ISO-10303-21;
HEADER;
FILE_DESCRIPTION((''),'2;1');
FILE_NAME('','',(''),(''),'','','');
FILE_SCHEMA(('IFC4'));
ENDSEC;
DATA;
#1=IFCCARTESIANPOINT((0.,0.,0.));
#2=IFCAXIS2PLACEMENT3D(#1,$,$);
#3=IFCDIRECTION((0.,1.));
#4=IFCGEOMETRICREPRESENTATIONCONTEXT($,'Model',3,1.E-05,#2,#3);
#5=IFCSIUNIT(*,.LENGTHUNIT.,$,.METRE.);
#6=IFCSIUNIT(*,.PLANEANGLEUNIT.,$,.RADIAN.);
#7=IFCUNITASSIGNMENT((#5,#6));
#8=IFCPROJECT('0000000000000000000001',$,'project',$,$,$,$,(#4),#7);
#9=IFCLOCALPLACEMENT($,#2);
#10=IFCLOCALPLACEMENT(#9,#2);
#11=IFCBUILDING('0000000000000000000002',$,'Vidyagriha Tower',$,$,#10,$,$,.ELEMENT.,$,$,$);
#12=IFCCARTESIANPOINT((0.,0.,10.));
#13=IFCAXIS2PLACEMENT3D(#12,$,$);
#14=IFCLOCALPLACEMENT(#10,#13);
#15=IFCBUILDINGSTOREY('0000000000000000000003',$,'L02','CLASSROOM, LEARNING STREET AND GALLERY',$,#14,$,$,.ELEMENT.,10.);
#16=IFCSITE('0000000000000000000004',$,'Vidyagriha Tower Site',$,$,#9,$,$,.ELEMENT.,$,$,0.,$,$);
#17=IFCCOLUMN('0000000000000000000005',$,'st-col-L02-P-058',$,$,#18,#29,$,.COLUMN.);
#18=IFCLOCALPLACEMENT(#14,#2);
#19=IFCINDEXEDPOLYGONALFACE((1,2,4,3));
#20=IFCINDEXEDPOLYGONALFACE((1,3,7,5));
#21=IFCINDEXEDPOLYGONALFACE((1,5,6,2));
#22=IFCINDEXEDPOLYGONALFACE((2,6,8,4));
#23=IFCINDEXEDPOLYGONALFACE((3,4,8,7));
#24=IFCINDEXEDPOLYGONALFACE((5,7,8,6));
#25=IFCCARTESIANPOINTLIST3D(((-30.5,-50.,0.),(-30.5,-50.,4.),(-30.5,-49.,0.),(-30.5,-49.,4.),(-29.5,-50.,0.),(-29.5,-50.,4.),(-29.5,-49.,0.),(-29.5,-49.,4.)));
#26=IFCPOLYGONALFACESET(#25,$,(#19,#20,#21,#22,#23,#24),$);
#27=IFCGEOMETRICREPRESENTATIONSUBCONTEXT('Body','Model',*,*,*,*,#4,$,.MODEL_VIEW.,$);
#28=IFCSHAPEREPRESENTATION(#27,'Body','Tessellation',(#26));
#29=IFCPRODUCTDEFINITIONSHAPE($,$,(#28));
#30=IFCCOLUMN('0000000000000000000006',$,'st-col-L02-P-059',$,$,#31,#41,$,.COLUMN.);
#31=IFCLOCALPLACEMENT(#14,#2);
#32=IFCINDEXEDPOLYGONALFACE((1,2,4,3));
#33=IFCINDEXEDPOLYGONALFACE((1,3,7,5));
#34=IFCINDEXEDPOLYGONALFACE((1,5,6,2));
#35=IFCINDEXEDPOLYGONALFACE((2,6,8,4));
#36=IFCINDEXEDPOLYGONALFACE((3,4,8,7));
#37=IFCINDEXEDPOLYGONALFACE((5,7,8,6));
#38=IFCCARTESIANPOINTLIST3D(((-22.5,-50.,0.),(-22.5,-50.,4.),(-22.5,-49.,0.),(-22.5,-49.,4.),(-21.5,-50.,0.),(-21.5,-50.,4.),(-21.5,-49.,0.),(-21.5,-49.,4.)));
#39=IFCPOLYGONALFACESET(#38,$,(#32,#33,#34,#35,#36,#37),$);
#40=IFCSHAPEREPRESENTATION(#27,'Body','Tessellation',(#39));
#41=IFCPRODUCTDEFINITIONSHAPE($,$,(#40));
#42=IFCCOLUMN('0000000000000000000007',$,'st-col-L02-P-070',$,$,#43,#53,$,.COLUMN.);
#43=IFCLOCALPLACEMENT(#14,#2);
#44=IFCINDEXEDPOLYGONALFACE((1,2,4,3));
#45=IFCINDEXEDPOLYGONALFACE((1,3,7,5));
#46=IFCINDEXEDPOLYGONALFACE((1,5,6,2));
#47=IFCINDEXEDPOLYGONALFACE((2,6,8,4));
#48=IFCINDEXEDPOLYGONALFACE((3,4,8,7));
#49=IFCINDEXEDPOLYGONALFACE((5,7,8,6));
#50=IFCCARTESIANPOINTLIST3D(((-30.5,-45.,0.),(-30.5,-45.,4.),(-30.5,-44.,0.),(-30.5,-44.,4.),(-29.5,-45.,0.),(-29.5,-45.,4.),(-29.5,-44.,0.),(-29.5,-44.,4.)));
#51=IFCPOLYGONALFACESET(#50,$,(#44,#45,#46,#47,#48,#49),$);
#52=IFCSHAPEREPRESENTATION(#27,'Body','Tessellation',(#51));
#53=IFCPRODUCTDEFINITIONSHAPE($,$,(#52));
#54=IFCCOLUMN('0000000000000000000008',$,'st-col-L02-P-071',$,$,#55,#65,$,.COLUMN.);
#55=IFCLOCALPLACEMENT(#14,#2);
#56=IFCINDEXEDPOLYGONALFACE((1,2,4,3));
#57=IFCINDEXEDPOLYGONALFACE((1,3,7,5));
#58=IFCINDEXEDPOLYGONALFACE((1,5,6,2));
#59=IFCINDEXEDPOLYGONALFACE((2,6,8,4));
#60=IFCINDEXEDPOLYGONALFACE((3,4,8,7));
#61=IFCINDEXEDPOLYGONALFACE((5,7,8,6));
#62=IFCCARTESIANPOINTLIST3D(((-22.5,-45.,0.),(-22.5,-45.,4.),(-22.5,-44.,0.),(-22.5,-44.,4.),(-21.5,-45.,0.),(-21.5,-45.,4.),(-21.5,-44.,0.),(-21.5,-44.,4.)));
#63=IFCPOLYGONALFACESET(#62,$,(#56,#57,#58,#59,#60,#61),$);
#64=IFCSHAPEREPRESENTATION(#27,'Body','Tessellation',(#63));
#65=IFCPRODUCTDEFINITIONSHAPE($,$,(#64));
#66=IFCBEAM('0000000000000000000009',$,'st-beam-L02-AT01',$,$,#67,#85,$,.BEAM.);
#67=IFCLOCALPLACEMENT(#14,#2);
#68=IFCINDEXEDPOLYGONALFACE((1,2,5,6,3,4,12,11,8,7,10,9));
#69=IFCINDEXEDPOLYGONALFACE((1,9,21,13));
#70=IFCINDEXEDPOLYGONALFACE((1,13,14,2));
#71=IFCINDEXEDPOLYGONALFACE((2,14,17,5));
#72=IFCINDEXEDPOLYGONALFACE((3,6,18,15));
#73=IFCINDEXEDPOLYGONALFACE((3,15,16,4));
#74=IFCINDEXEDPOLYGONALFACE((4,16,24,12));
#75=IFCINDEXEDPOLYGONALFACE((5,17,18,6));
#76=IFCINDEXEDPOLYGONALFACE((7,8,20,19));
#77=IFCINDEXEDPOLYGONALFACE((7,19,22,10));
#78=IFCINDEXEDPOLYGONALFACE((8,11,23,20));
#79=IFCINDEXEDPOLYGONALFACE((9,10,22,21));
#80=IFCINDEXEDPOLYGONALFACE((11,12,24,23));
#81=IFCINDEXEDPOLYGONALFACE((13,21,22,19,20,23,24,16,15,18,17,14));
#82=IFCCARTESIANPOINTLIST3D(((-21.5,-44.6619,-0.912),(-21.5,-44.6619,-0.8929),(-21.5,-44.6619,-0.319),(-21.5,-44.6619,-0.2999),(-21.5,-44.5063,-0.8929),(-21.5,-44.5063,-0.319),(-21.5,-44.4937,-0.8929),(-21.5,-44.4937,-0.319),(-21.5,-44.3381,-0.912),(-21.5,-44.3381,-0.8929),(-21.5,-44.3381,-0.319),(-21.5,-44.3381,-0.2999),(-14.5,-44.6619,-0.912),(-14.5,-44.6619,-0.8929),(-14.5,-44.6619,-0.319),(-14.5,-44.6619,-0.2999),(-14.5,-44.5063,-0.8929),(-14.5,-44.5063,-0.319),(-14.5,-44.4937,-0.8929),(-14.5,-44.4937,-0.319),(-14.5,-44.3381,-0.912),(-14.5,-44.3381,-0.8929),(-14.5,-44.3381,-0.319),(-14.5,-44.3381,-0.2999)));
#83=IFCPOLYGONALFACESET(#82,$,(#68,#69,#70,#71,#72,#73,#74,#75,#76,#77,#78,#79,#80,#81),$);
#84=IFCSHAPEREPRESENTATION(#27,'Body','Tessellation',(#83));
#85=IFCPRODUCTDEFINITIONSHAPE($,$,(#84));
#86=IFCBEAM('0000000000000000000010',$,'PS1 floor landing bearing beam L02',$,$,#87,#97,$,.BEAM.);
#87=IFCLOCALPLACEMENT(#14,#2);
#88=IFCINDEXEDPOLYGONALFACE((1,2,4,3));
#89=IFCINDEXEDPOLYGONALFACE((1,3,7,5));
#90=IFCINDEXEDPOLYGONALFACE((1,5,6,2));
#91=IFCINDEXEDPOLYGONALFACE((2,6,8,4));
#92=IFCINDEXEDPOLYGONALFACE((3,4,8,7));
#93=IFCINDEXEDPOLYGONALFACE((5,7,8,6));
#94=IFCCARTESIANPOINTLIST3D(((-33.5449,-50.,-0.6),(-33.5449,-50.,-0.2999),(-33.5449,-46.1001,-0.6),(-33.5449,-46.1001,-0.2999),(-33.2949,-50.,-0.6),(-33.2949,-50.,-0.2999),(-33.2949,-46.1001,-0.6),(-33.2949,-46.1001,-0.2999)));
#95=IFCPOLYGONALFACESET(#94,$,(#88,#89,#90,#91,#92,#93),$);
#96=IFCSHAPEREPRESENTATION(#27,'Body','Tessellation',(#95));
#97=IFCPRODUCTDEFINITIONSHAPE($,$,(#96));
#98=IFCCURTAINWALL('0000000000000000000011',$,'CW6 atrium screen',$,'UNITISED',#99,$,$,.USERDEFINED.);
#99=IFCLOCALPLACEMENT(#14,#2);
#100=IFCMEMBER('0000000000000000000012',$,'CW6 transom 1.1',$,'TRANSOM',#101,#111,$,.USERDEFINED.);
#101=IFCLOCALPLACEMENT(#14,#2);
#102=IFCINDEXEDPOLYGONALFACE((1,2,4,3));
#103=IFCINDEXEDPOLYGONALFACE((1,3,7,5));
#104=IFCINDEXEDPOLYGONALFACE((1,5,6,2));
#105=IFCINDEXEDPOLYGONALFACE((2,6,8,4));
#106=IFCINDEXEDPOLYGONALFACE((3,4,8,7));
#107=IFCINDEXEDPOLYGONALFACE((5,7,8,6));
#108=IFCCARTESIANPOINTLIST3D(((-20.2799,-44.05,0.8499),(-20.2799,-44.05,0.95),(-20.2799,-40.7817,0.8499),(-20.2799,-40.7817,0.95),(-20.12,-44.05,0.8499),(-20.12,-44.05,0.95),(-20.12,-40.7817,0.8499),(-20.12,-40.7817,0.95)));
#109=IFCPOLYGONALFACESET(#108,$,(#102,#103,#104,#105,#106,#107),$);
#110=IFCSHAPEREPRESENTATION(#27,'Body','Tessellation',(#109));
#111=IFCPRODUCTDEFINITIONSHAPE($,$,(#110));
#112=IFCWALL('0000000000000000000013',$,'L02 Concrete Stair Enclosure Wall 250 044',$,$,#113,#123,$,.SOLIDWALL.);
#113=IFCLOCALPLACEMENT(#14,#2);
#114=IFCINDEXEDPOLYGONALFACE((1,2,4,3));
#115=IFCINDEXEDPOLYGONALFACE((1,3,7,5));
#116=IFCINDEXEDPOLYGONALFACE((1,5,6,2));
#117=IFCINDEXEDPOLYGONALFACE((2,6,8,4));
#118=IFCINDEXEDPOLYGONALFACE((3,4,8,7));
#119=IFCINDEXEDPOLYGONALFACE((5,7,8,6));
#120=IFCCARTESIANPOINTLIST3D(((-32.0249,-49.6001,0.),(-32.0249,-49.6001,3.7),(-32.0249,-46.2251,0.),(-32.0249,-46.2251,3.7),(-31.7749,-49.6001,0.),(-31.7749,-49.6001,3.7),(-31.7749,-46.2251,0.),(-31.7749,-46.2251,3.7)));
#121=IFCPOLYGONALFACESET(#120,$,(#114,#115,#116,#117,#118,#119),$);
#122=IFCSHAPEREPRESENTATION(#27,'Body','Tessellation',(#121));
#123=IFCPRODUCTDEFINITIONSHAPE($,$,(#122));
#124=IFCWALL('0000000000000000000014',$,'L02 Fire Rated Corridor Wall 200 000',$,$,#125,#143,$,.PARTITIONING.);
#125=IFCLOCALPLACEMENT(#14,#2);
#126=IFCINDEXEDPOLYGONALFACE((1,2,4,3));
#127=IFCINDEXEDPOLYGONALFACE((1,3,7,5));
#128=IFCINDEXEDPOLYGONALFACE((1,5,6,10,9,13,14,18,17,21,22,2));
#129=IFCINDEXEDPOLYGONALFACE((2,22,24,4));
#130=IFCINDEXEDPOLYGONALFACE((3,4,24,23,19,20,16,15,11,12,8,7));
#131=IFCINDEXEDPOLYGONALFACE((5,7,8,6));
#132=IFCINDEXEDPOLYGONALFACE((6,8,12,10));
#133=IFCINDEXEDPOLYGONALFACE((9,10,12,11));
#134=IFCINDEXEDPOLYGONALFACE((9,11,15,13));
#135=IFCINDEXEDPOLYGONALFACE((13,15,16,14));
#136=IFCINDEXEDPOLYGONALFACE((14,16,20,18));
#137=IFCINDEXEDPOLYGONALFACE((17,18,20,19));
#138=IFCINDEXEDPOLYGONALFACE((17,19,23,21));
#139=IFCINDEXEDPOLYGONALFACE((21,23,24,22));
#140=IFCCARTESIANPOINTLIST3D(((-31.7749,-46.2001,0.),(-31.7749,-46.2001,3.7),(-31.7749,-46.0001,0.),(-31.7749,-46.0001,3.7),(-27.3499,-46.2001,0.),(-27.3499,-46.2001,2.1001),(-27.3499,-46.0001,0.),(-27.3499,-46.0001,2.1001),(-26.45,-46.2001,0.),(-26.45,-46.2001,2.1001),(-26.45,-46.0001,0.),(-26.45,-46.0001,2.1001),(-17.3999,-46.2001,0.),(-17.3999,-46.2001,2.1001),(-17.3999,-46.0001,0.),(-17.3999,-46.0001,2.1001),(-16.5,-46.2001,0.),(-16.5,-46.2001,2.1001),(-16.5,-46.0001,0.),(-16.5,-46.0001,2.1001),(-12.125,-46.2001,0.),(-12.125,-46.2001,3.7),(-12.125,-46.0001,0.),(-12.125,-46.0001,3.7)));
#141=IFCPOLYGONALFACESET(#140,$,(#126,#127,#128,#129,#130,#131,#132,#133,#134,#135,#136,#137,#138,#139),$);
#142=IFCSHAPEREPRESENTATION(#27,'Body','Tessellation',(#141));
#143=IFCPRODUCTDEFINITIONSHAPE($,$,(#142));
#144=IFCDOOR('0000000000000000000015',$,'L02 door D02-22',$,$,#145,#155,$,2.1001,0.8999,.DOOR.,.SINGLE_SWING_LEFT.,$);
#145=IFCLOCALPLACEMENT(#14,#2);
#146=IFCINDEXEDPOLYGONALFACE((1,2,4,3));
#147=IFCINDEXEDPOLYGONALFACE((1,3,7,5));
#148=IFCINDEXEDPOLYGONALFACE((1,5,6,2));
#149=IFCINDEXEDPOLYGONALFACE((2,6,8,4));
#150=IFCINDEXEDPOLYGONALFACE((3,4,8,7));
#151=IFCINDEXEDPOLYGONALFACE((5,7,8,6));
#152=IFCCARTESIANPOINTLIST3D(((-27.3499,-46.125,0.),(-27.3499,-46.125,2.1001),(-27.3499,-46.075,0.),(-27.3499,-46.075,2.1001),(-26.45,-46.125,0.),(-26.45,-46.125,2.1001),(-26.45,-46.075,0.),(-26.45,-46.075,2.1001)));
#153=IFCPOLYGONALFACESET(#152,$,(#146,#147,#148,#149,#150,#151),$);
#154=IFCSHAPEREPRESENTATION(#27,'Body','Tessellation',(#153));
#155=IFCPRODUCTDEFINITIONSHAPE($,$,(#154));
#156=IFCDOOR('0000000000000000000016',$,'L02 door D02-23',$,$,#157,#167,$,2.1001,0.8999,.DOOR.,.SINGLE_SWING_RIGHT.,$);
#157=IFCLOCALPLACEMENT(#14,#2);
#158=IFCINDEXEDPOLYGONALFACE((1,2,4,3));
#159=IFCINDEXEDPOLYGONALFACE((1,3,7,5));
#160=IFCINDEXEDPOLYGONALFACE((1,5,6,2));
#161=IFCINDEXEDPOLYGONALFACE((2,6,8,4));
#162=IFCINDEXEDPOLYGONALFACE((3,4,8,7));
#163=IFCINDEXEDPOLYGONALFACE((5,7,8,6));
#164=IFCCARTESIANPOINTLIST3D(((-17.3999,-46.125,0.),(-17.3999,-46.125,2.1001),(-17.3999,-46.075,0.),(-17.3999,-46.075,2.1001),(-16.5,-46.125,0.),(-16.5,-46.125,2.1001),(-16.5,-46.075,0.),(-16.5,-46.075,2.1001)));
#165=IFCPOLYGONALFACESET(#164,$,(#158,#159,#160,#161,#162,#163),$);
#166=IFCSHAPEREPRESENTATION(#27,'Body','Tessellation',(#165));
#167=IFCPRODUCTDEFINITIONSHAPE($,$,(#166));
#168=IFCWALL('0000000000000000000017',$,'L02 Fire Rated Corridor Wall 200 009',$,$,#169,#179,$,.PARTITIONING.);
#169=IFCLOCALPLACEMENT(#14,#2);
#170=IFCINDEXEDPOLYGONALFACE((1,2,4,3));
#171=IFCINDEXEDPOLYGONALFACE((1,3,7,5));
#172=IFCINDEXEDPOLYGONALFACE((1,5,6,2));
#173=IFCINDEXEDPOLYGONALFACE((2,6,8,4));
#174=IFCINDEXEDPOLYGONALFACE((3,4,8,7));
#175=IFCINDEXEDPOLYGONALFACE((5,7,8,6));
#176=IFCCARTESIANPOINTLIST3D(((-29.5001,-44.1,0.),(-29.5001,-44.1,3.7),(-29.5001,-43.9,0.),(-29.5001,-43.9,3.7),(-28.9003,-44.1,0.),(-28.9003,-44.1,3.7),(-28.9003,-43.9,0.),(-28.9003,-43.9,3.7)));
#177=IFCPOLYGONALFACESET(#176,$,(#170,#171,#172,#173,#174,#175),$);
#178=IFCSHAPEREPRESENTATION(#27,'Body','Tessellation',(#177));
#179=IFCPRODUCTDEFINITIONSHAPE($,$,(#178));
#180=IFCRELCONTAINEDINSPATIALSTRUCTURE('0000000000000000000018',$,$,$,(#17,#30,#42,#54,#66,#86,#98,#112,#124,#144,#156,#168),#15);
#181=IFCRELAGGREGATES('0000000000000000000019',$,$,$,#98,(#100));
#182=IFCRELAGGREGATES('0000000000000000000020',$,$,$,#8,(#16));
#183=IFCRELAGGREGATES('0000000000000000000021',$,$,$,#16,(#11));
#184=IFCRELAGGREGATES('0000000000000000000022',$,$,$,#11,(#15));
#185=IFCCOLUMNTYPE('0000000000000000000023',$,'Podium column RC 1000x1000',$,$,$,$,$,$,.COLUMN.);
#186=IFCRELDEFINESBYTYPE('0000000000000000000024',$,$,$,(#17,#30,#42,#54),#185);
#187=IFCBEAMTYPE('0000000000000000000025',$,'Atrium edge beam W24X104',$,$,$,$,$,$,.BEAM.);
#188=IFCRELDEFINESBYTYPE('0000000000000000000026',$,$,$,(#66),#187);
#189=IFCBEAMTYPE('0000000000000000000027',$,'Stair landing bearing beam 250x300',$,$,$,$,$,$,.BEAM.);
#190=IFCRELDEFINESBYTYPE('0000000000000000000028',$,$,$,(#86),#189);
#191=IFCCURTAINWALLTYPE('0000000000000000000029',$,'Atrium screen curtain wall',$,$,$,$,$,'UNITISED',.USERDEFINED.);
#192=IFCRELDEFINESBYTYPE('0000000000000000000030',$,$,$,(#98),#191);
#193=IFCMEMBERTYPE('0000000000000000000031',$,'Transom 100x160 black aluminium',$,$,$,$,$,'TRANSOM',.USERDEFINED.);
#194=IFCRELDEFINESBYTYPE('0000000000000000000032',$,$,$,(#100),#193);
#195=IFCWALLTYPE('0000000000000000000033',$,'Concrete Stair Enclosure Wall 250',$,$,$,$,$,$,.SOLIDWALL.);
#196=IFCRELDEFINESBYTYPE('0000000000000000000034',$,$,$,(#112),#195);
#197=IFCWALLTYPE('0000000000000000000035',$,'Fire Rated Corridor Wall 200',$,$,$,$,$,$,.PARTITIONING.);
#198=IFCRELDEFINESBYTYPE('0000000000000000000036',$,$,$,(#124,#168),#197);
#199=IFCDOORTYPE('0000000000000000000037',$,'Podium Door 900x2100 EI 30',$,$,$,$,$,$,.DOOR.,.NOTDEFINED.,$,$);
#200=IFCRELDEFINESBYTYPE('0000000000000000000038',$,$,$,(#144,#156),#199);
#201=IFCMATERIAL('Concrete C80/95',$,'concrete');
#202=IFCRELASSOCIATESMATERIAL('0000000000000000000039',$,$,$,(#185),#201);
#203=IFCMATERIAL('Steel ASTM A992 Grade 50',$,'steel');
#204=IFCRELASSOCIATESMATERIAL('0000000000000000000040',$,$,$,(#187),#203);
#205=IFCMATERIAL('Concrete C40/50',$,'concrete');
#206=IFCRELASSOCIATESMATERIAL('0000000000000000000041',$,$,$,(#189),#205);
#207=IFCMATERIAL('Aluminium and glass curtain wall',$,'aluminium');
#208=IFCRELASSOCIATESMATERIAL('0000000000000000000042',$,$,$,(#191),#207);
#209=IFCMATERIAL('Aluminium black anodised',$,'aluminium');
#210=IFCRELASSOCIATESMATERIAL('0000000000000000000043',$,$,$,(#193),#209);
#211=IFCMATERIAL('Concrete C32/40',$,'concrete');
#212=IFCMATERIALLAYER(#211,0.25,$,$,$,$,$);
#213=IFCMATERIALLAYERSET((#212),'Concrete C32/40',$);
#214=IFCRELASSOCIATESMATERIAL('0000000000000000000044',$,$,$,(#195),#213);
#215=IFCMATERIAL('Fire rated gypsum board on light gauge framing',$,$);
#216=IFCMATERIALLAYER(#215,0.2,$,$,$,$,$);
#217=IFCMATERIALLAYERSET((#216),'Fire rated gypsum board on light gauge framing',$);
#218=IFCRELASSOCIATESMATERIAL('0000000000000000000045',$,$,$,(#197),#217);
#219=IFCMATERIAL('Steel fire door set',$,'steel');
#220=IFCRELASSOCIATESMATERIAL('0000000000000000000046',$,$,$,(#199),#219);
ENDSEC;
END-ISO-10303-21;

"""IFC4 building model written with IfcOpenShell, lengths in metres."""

from ifc_helpers import new_model, si_unit, direction, frame, frame_2d, origin, origin_2d, place, context, subcontext, project, spatial, rectangle, i_section, extrude, material, layer, layer_set, material_profile, profile_set, type_object, element, fill, aggregate, save


model = new_model("IFC4")

# Units and contexts
model_context = context("Model", 3, precision=1e-05, world=origin(), true_north=direction((0.0, 1.0)))
body_context = subcontext(model_context, "Body", "Model", "MODEL_VIEW")
ifc_project = project(units=[si_unit("LENGTHUNIT", "METRE"), si_unit("PLANEANGLEUNIT", "RADIAN")], contexts=[model_context])

# Site, building, storey
site_placement = place(None, origin())
site = spatial("IfcSite", under=ifc_project, at=site_placement, Name="Vidyagriha Tower Site", CompositionType="ELEMENT", RefElevation=0.0)
building_placement = place(site_placement, origin())
building = spatial("IfcBuilding", under=site, at=building_placement, Name="Vidyagriha Tower", CompositionType="ELEMENT")
storey_placement = place(building_placement, frame((0.0, 0.0, 10.0)))
storey = spatial("IfcBuildingStorey", under=building, at=storey_placement, Name="L02", Description="CLASSROOM, LEARNING STREET AND GALLERY", CompositionType="ELEMENT", Elevation=10.0)

# Columns
ifc_material_1 = material(Name="Concrete C80/95", Category="concrete")
ifc_material_profile_1 = material_profile(ifc_material_1, rectangle(XDim=1.0, YDim=1.0, at=origin_2d()), Name="RC 1000x1000")
ifc_profile_set_1 = profile_set([ifc_material_profile_1], Name="Concrete C80/95")
column_type = type_object("IfcColumnType", Name="Podium column RC 1000x1000", PredefinedType="COLUMN", material=ifc_profile_set_1)
for number, where, name in (
    (1, (-30.0, -49.5, 0.0), "st-col-L02-P-058"),
    (2, (-22.0, -49.5, 0.0), "st-col-L02-P-059"),
    (3, (-30.0, -44.5, 0.0), "st-col-L02-P-070"),
    (4, (-22.0, -44.5, 0.0), "st-col-L02-P-071"),
):
    element("IfcColumn", number, at=place(storey_placement, frame(where)), inside=storey, type_object=column_type, Name=name, PredefinedType="COLUMN", context=body_context, shape_type="SweptSolid", body=[
        extrude(rectangle(XDim=1.0, YDim=1.0, at=origin_2d()), origin(), (0.0, 0.0, 1.0), 4.0),
    ])

# Beams
ifc_material_2 = material(Name="Steel ASTM A992 Grade 50", Category="steel")
ifc_material_profile_2 = material_profile(ifc_material_2, i_section(OverallWidth=0.3237, OverallDepth=0.6121, WebThickness=0.0127, FlangeThickness=0.019, at=origin_2d()), Name="W24X104")
ifc_profile_set_2 = profile_set([ifc_material_profile_2], Name="Steel ASTM A992 Grade 50")
beam_type_1 = type_object("IfcBeamType", Name="Atrium edge beam W24X104", PredefinedType="BEAM", material=ifc_profile_set_2)
beam_1_placement = place(storey_placement, frame((-21.5, -44.5, -0.606), z_axis=(1.0, 0.0, 0.0), x_axis=(0.0, 1.0, 0.0)))
element("IfcBeam", 5, at=beam_1_placement, inside=storey, type_object=beam_type_1, Name="st-beam-L02-AT01", PredefinedType="BEAM", context=body_context, shape_type="SweptSolid", body=[
    extrude(i_section(OverallWidth=0.3237, OverallDepth=0.6121, WebThickness=0.0127, FlangeThickness=0.019, at=origin_2d()), origin(), (0.0, 0.0, 1.0), 7.0),
])
ifc_material_3 = material(Name="Concrete C40/50", Category="concrete")
ifc_material_profile_3 = material_profile(ifc_material_3, rectangle(XDim=0.25, YDim=0.3, at=origin_2d()), Name="Stair landing bearing beam 250x300")
ifc_profile_set_3 = profile_set([ifc_material_profile_3], Name="Concrete C40/50")
beam_type_2 = type_object("IfcBeamType", Name="Stair landing bearing beam 250x300", PredefinedType="BEAM", material=ifc_profile_set_3)
beam_2_placement = place(storey_placement, frame((-33.4199, -50.0, -0.45), z_axis=(0.0, 1.0, 0.0), x_axis=(-1.0, 0.0, 0.0)))
element("IfcBeam", 6, at=beam_2_placement, inside=storey, type_object=beam_type_2, Name="PS1 floor landing bearing beam L02", PredefinedType="BEAM", context=body_context, shape_type="SweptSolid", body=[
    extrude(rectangle(XDim=0.25, YDim=0.3, at=origin_2d()), origin(), (0.0, 0.0, 1.0), 3.8999),
])

# Curtain wall, member
ifc_material_4 = material(Name="Aluminium and glass curtain wall", Category="aluminium")
curtain_wall_type = type_object("IfcCurtainWallType", Name="Atrium screen curtain wall", ElementType="UNITISED", PredefinedType="USERDEFINED", material=ifc_material_4)
curtain_wall_placement = place(storey_placement, origin())
curtain_wall = element("IfcCurtainWall", 7, at=curtain_wall_placement, inside=storey, type_object=curtain_wall_type, Name="CW6 atrium screen", ObjectType="UNITISED", PredefinedType="USERDEFINED")
ifc_material_5 = material(Name="Aluminium black anodised", Category="aluminium")
ifc_material_profile_4 = material_profile(ifc_material_5, rectangle(XDim=0.1599, YDim=0.1001, at=origin_2d()), Name="Transom 100x160 black aluminium")
ifc_profile_set_4 = profile_set([ifc_material_profile_4], Name="Aluminium black anodised")
member_type = type_object("IfcMemberType", Name="Transom 100x160 black aluminium", ElementType="TRANSOM", PredefinedType="USERDEFINED", material=ifc_profile_set_4)
member_placement = place(storey_placement, frame((-20.2, -44.05, 0.8999), z_axis=(0.0, 1.0, 0.0), x_axis=(-1.0, 0.0, 0.0)))
member = element("IfcMember", 8, at=member_placement, type_object=member_type, Name="CW6 transom 1.1", ObjectType="TRANSOM", PredefinedType="USERDEFINED", context=body_context, shape_type="SweptSolid", body=[
    extrude(rectangle(XDim=0.1599, YDim=0.1001, at=origin_2d()), origin(), (0.0, 0.0, 1.0), 3.2683),
])
aggregate(curtain_wall, [member])

# Wall
ifc_material_6 = material(Name="Concrete C32/40", Category="concrete")
ifc_layer_1 = layer(ifc_material_6, 0.25)
ifc_layer_set_1 = layer_set([ifc_layer_1], Name="Concrete C32/40")
wall_type_1 = type_object("IfcWallType", Name="Concrete Stair Enclosure Wall 250", PredefinedType="SOLIDWALL", material=ifc_layer_set_1)
wall_1_placement = place(storey_placement, frame((-31.8999, -49.6001, 0.0), z_axis=(0.0, 0.0, 1.0), x_axis=(0.0, 1.0, 0.0)))
element("IfcWall", 9, at=wall_1_placement, inside=storey, type_object=wall_type_1, Name="L02 Concrete Stair Enclosure Wall 250 044", PredefinedType="SOLIDWALL", context=body_context, shape_type="SweptSolid", body=[
    extrude(rectangle(XDim=3.375, YDim=0.25, at=frame_2d((1.6875, 0.0))), origin(), (0.0, 0.0, 1.0), 3.7),
])

# Wall, openings, doors
ifc_material_7 = material(Name="Fire rated gypsum board on light gauge framing")
ifc_layer_2 = layer(ifc_material_7, 0.2)
ifc_layer_set_2 = layer_set([ifc_layer_2], Name="Fire rated gypsum board on light gauge framing")
wall_type_2 = type_object("IfcWallType", Name="Fire Rated Corridor Wall 200", PredefinedType="PARTITIONING", material=ifc_layer_set_2)
wall_2_placement = place(storey_placement, frame((-31.7749, -46.1001, 0.0)))
wall_2 = element("IfcWall", 10, at=wall_2_placement, inside=storey, type_object=wall_type_2, Name="L02 Fire Rated Corridor Wall 200 000", PredefinedType="PARTITIONING", context=body_context, shape_type="SweptSolid", body=[
    extrude(rectangle(XDim=19.6499, YDim=0.2, at=frame_2d((9.825, 0.0))), origin(), (0.0, 0.0, 1.0), 3.7),
])
opening_1_placement = place(wall_2_placement, frame((4.425, 0.0, 0.0)))
opening_1 = element("IfcOpeningElement", 11, at=opening_1_placement, cuts=wall_2, PredefinedType="OPENING", context=body_context, shape_type="SweptSolid", body=[
    extrude(rectangle(XDim=0.8999, YDim=2.1001, at=frame_2d((0.45, 1.05))), frame((0.0, 0.1099, 0.0), z_axis=(0.0, -1.0, 0.0), x_axis=(1.0, 0.0, 0.0)), (0.0, 0.0, 1.0), 0.22),
])
opening_2_placement = place(wall_2_placement, frame((14.375, 0.0, 0.0)))
opening_2 = element("IfcOpeningElement", 12, at=opening_2_placement, cuts=wall_2, PredefinedType="OPENING", context=body_context, shape_type="SweptSolid", body=[
    extrude(rectangle(XDim=0.8999, YDim=2.1001, at=frame_2d((0.45, 1.05))), frame((0.0, 0.1099, 0.0), z_axis=(0.0, -1.0, 0.0), x_axis=(1.0, 0.0, 0.0)), (0.0, 0.0, 1.0), 0.22),
])
ifc_material_8 = material(Name="Steel fire door set", Category="steel")
door_type = type_object("IfcDoorType", Name="Podium Door 900x2100 EI 30", OperationType="NOTDEFINED", PredefinedType="DOOR", material=ifc_material_8)
door_1_placement = place(opening_1_placement, frame((0.8999, 0.0, 0.0), z_axis=(0.0, 0.0, 1.0), x_axis=(-1.0, 0.0, 0.0)))
door_1 = element("IfcDoor", 13, at=door_1_placement, inside=storey, type_object=door_type, Name="L02 door D02-22", OperationType="SINGLE_SWING_LEFT", OverallHeight=2.1001, OverallWidth=0.8999, PredefinedType="DOOR", context=body_context, shape_type="SweptSolid", body=[
    extrude(rectangle(XDim=0.8999, YDim=2.1001, at=frame_2d((0.45, 1.05))), frame((0.0, 0.0249, 0.0), z_axis=(0.0, -1.0, 0.0), x_axis=(1.0, 0.0, 0.0)), (0.0, 0.0, 1.0), 0.05),
])
fill(opening_1, door_1)
door_2_placement = place(opening_2_placement, frame((0.8999, 0.0, 0.0), z_axis=(0.0, 0.0, 1.0), x_axis=(-1.0, 0.0, 0.0)))
door_2 = element("IfcDoor", 14, at=door_2_placement, inside=storey, type_object=door_type, Name="L02 door D02-23", OperationType="SINGLE_SWING_RIGHT", OverallHeight=2.1001, OverallWidth=0.8999, PredefinedType="DOOR", context=body_context, shape_type="SweptSolid", body=[
    extrude(rectangle(XDim=0.8999, YDim=2.1001, at=frame_2d((0.45, 1.05))), frame((0.0, 0.0249, 0.0), z_axis=(0.0, -1.0, 0.0), x_axis=(1.0, 0.0, 0.0)), (0.0, 0.0, 1.0), 0.05),
])
fill(opening_2, door_2)

# Wall
wall_3_placement = place(storey_placement, frame((-29.5, -44.0, 0.0)))
element("IfcWall", 15, at=wall_3_placement, inside=storey, type_object=wall_type_2, Name="L02 Fire Rated Corridor Wall 200 009", PredefinedType="PARTITIONING", context=body_context, shape_type="SweptSolid", body=[
    extrude(rectangle(XDim=0.5999, YDim=0.2, at=frame_2d((0.2998, 0.0))), origin(), (0.0, 0.0, 1.0), 3.7),
])

save(model, "model.ifc")
